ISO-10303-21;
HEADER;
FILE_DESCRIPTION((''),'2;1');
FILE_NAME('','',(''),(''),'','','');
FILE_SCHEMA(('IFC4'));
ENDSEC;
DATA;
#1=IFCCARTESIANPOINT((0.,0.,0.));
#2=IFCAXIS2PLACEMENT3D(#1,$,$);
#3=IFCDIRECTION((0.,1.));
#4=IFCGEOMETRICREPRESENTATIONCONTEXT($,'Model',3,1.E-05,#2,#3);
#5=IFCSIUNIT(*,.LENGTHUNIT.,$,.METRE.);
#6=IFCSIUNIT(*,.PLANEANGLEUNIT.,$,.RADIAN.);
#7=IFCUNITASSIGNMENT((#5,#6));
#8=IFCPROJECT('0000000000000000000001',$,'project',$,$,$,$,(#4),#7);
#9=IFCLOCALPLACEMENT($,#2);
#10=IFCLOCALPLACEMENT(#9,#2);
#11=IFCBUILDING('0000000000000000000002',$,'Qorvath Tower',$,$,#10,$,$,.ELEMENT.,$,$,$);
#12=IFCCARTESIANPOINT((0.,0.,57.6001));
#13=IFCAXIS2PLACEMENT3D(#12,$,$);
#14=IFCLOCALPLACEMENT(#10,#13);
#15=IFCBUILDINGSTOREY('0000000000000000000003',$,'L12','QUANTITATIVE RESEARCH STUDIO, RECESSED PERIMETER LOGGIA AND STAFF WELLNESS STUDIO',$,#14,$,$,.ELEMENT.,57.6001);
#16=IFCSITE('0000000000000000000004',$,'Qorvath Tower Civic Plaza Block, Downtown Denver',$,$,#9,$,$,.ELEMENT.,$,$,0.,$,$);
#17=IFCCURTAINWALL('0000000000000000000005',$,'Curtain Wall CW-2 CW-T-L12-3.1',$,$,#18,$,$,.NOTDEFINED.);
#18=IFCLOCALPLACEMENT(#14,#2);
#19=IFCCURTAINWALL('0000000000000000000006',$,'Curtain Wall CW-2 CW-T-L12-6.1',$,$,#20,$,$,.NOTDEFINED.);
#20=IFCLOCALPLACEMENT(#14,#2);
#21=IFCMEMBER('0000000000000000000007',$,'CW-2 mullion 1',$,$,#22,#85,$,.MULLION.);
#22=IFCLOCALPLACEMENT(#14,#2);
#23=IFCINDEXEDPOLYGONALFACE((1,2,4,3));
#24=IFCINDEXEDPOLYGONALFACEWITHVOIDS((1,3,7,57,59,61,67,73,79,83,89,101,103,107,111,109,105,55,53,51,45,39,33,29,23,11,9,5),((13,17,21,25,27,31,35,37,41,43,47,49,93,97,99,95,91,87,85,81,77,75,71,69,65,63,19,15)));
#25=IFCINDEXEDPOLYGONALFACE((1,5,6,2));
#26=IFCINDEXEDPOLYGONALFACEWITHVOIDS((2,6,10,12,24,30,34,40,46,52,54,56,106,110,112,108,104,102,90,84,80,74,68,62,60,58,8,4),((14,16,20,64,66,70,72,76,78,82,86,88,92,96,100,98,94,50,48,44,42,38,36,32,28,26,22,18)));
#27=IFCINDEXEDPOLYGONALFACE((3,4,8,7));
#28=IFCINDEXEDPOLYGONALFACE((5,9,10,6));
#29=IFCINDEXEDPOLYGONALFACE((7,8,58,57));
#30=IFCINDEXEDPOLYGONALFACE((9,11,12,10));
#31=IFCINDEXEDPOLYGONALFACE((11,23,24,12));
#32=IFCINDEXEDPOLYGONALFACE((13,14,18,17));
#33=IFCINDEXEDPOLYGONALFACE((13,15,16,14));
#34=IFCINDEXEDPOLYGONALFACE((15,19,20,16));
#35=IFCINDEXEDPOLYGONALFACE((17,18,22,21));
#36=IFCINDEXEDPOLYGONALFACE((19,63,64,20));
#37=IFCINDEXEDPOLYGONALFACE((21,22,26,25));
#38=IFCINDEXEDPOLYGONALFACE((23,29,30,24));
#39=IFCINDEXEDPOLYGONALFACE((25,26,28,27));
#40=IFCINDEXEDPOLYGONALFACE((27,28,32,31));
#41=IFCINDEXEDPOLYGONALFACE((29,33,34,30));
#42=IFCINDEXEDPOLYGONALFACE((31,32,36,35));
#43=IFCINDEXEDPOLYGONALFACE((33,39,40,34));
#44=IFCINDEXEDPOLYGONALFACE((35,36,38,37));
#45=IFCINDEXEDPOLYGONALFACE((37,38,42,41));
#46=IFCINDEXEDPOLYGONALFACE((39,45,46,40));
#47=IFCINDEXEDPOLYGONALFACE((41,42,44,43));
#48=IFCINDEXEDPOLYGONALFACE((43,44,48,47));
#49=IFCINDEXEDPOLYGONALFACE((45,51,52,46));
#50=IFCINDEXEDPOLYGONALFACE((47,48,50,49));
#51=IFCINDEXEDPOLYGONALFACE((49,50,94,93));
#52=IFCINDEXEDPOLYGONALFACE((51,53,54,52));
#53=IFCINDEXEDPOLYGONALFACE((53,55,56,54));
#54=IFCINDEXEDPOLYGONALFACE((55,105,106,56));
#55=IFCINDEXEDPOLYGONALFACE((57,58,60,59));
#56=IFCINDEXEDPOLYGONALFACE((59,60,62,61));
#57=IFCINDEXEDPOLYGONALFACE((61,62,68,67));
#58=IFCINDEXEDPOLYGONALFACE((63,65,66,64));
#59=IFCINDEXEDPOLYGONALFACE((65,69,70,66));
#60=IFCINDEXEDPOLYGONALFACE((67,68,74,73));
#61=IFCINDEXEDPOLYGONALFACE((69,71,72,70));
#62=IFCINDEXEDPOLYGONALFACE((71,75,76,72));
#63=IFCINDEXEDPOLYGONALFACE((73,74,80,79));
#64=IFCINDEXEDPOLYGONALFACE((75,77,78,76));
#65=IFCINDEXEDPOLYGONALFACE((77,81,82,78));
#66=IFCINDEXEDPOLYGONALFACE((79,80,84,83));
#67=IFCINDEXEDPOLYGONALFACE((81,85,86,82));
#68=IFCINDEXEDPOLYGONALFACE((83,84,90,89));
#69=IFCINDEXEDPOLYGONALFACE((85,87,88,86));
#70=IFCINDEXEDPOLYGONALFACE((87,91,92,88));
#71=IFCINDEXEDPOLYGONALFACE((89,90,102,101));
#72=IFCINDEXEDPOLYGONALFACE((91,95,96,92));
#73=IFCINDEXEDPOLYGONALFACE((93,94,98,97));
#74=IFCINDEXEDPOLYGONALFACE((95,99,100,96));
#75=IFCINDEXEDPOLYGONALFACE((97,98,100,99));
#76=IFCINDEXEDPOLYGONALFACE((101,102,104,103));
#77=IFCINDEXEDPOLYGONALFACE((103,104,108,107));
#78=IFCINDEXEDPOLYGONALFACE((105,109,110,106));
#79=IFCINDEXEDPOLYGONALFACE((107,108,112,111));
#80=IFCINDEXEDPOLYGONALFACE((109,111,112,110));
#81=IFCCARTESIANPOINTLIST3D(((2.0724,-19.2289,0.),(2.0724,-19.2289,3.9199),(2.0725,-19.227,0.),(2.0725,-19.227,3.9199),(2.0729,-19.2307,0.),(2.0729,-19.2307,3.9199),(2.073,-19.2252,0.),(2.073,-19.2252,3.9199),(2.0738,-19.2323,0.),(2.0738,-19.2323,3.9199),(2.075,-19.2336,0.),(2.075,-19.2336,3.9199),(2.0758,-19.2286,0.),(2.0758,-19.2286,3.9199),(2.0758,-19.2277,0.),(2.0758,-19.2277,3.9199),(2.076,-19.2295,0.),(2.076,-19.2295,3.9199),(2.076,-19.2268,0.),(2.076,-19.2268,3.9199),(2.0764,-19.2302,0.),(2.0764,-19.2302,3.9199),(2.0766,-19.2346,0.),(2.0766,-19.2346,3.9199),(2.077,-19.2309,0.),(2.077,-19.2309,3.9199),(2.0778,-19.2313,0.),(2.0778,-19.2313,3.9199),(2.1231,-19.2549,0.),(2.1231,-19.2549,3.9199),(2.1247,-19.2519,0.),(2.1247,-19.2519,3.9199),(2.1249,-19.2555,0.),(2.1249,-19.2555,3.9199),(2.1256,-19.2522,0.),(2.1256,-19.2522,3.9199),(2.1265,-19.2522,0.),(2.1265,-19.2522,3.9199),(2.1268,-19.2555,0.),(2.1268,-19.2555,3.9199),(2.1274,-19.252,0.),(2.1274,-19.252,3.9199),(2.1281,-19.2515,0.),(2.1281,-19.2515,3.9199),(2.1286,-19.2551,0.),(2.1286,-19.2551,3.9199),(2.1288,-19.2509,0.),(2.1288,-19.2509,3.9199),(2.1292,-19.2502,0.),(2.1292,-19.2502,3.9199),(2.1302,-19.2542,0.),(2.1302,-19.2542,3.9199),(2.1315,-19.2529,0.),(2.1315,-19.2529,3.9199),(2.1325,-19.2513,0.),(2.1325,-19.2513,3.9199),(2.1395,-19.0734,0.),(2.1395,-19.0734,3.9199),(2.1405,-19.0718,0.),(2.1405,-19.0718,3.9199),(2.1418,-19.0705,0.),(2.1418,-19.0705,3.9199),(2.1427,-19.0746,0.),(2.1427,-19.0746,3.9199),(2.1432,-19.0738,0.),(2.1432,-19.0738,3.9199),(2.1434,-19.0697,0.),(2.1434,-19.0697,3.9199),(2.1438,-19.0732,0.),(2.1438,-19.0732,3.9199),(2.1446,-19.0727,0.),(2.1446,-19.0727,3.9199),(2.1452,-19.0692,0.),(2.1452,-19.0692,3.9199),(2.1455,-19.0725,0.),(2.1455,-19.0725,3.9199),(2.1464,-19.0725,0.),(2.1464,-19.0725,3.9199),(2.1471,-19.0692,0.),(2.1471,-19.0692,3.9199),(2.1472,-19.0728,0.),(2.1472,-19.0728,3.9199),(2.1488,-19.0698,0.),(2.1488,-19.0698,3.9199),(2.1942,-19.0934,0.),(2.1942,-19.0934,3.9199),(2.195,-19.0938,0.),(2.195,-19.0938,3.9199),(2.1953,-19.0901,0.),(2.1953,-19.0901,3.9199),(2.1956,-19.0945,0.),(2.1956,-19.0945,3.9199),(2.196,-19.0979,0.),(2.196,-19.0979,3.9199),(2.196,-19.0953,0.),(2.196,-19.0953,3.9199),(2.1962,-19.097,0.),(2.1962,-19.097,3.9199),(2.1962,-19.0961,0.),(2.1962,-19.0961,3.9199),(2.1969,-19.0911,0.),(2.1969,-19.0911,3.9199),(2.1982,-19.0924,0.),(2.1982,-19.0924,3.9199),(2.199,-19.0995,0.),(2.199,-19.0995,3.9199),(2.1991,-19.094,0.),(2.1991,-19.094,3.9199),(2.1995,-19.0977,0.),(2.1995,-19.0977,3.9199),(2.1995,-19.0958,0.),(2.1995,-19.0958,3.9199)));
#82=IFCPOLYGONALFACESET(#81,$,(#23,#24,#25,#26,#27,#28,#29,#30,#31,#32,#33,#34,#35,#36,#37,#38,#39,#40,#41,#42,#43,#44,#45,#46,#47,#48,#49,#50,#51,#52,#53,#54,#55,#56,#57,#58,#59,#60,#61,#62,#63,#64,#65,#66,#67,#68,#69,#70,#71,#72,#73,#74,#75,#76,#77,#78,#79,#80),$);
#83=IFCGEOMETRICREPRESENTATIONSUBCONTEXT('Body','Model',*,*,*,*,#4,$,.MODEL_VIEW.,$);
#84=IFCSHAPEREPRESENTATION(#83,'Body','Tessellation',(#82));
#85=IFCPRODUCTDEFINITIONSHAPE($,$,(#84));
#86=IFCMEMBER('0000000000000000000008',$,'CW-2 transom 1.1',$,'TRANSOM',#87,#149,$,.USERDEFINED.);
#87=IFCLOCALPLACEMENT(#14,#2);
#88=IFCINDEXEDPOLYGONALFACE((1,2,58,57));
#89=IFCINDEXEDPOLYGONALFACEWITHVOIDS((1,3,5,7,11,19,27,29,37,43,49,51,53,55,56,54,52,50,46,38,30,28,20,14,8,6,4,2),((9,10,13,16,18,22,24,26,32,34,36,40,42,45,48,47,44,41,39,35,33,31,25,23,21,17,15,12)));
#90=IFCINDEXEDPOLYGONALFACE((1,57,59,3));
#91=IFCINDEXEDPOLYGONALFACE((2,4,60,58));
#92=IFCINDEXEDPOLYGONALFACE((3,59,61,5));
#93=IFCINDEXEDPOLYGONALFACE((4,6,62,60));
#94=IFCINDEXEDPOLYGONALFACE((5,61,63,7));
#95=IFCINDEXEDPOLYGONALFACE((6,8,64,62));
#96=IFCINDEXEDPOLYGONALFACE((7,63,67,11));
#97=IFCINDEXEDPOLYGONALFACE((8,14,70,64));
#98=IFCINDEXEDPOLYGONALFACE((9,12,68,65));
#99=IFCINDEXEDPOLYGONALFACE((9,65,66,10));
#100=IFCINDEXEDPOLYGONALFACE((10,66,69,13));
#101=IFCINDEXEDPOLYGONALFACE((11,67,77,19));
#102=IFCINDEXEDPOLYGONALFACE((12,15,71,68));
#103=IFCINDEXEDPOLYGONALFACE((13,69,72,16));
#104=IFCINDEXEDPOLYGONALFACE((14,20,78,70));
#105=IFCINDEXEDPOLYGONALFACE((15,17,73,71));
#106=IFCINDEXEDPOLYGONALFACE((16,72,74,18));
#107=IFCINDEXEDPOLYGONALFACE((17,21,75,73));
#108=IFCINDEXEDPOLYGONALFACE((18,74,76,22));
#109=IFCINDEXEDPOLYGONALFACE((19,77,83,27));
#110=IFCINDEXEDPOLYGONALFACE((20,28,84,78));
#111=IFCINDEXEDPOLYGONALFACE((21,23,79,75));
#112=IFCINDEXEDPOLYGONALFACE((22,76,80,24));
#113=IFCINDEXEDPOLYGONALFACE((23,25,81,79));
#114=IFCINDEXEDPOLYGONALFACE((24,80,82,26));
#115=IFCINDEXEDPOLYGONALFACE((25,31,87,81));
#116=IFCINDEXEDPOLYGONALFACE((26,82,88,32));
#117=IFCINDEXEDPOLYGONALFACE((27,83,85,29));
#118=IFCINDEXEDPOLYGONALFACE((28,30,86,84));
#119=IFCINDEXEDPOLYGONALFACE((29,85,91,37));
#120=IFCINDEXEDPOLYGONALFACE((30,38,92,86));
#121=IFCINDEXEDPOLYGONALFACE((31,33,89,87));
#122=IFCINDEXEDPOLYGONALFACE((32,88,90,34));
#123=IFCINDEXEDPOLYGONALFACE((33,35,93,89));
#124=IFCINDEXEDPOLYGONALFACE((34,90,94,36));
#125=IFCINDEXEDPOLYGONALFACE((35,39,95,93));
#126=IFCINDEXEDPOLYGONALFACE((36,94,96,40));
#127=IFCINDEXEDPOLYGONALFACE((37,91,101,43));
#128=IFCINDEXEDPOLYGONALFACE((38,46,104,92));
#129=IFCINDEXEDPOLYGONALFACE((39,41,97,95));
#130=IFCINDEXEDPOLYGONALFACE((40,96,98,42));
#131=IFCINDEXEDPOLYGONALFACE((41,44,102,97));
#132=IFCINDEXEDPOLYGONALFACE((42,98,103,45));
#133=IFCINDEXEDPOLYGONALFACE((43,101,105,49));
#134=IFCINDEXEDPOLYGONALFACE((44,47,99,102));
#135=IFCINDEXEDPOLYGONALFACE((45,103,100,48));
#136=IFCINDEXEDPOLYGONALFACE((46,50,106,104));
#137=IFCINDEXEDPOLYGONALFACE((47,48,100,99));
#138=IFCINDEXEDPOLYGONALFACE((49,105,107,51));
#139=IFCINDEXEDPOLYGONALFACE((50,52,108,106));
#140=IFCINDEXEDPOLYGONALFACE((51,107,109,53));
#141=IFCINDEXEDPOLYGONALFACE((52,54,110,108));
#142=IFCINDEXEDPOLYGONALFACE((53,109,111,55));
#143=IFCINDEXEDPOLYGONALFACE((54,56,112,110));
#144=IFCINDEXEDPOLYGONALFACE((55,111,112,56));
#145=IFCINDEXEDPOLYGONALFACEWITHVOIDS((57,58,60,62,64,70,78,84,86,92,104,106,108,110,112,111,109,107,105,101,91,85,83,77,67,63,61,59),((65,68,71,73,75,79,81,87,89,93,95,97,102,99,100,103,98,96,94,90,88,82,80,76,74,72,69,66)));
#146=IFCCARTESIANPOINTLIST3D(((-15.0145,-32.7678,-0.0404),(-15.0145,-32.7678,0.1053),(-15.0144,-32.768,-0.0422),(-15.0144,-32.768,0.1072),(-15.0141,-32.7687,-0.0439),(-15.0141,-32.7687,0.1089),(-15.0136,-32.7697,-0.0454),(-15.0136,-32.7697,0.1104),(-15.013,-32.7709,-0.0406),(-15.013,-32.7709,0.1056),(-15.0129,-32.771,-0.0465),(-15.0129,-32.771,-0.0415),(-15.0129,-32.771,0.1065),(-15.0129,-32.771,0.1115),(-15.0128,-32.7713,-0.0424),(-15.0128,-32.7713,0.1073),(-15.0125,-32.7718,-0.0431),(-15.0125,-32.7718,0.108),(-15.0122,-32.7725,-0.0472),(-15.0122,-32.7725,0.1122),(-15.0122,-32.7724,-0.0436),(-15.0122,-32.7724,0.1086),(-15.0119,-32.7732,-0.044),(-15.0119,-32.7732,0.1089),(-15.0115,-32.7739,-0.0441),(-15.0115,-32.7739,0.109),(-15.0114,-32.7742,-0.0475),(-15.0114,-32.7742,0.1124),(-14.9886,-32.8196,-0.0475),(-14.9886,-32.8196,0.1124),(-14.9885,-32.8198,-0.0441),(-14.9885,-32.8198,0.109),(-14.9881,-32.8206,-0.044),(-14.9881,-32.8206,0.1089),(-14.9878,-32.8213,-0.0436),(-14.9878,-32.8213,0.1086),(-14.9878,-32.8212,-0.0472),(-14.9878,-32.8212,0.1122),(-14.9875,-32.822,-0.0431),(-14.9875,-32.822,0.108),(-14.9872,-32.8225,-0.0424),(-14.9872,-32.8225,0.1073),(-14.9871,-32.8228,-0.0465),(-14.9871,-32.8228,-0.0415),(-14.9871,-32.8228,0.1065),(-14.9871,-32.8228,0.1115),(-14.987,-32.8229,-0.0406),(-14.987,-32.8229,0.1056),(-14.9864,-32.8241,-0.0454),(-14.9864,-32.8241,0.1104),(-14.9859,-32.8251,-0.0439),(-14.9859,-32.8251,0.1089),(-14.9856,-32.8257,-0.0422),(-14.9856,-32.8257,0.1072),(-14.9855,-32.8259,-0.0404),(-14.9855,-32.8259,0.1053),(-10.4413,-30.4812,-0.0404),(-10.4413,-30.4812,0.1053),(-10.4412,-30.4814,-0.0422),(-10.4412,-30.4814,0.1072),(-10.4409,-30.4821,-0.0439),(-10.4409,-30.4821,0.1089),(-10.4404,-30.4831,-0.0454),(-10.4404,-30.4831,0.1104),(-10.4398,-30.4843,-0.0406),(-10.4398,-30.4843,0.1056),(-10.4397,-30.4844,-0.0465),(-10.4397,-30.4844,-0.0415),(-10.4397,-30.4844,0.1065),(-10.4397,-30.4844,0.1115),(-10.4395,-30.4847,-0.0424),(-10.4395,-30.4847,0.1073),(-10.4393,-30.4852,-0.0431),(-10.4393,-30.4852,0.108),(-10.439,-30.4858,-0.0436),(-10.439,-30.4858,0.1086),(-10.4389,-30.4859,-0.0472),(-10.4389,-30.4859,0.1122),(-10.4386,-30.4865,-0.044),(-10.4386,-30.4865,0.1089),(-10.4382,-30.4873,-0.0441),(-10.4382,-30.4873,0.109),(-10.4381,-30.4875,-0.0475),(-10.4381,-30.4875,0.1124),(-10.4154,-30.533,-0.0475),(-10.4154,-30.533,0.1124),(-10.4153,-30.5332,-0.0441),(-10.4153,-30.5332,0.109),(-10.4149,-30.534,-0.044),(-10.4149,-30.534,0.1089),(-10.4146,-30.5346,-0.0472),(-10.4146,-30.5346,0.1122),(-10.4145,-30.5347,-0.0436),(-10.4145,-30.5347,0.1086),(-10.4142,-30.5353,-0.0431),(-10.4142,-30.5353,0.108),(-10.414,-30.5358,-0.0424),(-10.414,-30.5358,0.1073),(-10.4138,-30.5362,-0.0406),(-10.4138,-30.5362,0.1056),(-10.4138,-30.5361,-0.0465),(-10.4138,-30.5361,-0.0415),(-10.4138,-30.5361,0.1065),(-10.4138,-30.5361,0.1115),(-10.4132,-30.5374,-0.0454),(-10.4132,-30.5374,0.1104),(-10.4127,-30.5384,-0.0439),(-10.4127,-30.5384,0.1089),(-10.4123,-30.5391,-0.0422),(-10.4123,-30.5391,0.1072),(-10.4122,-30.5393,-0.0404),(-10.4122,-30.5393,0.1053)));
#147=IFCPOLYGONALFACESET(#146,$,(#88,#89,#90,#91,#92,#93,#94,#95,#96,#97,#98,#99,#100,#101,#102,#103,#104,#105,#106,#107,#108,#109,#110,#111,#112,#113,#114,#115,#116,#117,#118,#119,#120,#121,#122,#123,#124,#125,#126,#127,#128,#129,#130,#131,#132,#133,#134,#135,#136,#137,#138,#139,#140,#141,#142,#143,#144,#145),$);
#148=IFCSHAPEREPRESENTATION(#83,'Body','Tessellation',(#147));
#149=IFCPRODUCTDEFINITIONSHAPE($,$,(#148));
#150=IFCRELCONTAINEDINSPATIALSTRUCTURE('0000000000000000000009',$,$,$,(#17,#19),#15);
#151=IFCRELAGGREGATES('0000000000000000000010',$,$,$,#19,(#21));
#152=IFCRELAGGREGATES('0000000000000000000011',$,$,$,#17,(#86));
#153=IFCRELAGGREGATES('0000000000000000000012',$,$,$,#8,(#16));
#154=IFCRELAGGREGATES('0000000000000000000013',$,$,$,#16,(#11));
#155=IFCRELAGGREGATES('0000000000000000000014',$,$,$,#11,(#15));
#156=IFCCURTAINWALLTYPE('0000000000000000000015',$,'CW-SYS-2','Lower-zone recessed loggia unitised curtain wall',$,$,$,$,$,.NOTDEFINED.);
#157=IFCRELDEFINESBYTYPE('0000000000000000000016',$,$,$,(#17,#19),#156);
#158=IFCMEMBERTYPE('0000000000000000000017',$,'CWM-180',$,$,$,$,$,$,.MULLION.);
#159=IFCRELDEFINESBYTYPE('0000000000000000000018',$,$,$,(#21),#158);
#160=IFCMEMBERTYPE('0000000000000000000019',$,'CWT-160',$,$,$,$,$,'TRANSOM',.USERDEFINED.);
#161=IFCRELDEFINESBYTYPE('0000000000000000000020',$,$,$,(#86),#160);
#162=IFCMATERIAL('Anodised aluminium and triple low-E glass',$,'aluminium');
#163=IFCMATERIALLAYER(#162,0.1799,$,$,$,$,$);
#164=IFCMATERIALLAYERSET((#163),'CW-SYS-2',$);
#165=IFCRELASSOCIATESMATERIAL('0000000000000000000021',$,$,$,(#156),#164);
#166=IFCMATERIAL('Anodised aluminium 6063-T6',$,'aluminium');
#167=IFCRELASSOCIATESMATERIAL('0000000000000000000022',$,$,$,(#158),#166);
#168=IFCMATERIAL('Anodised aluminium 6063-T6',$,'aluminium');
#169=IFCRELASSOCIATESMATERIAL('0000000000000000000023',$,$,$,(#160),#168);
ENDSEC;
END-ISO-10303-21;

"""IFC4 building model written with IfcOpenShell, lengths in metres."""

from ifc_helpers import new_model, si_unit, direction, frame, origin, origin_2d, place, context, subcontext, project, spatial, hollow_rectangle, extrude, material, layer, layer_set, material_profile, profile_set, type_object, element, aggregate, save


model = new_model("IFC4")

# Units and contexts
model_context = context("Model", 3, precision=1e-05, world=origin(), true_north=direction((0.0, 1.0)))
body_context = subcontext(model_context, "Body", "Model", "MODEL_VIEW")
ifc_project = project(units=[si_unit("LENGTHUNIT", "METRE"), si_unit("PLANEANGLEUNIT", "RADIAN")], contexts=[model_context])

# Site, building, storey
site_placement = place(None, origin())
site = spatial("IfcSite", under=ifc_project, at=site_placement, Name="Qorvath Tower Civic Plaza Block, Downtown Denver", CompositionType="ELEMENT", RefElevation=0.0)
building_placement = place(site_placement, origin())
building = spatial("IfcBuilding", under=site, at=building_placement, Name="Qorvath Tower", CompositionType="ELEMENT")
storey_placement = place(building_placement, frame((0.0, 0.0, 57.6001)))
storey = spatial("IfcBuildingStorey", under=building, at=storey_placement, Name="L12", Description="QUANTITATIVE RESEARCH STUDIO, RECESSED PERIMETER LOGGIA AND STAFF WELLNESS STUDIO", CompositionType="ELEMENT", Elevation=57.6001)

# Shared definitions
ifc_material_1 = material(Name="Anodised aluminium and triple low-E glass", Category="aluminium")
ifc_layer_1 = layer(ifc_material_1, 0.1799)
ifc_layer_set_1 = layer_set([ifc_layer_1], Name="CW-SYS-2")
curtain_wall_type = type_object("IfcCurtainWallType", Name="CW-SYS-2", Description="Lower-zone recessed loggia unitised curtain wall", PredefinedType="NOTDEFINED", material=ifc_layer_set_1)
ifc_material_2 = material(Name="Anodised aluminium 6063-T6", Category="aluminium")
ifc_material_profile_1 = material_profile(ifc_material_2, hollow_rectangle(XDim=0.0649, YDim=0.1799, WallThickness=0.0034, InnerFilletRadius=0.0034, OuterFilletRadius=0.0071, at=origin_2d()), Name="CWM 180x65")
ifc_profile_set_1 = profile_set([ifc_material_profile_1], Name="Anodised aluminium 6063-T6")
member_type_1 = type_object("IfcMemberType", Name="CWM-180", PredefinedType="MULLION", material=ifc_profile_set_1)

# Curtain wall
curtain_wall_1_placement = place(storey_placement, origin())
curtain_wall_1 = element("IfcCurtainWall", 1, at=curtain_wall_1_placement, inside=storey, type_object=curtain_wall_type, Name="Curtain Wall CW-2 CW-T-L12-3.1", PredefinedType="NOTDEFINED")

# Curtain wall, member
curtain_wall_2_placement = place(storey_placement, origin())
curtain_wall_2 = element("IfcCurtainWall", 2, at=curtain_wall_2_placement, inside=storey, type_object=curtain_wall_type, Name="Curtain Wall CW-2 CW-T-L12-6.1", PredefinedType="NOTDEFINED")
member_1_placement = place(storey_placement, frame((2.136, -19.1624, 0.0), z_axis=(0.0, 0.0, 1.0), x_axis=(-0.915963, 0.401263, 0.0)))
member_1 = element("IfcMember", 3, at=member_1_placement, type_object=member_type_1, Name="CW-2 mullion 1", PredefinedType="MULLION", context=body_context, shape_type="SweptSolid", body=[
    extrude(hollow_rectangle(XDim=0.0649, YDim=0.1799, WallThickness=0.0034, InnerFilletRadius=0.0034, OuterFilletRadius=0.0071, at=origin_2d()), origin(), (0.0, 0.0, 1.0), 3.9199),
])

# Member
ifc_material_3 = material(Name="Anodised aluminium 6063-T6", Category="aluminium")
ifc_material_profile_2 = material_profile(ifc_material_3, hollow_rectangle(XDim=0.0649, YDim=0.1599, WallThickness=0.0034, InnerFilletRadius=0.0034, OuterFilletRadius=0.0071, at=origin_2d()), Name="CWT 160x65")
ifc_profile_set_2 = profile_set([ifc_material_profile_2], Name="Anodised aluminium 6063-T6")
member_type_2 = type_object("IfcMemberType", Name="CWT-160", ElementType="TRANSOM", PredefinedType="USERDEFINED", material=ifc_profile_set_2)
member_2_placement = place(storey_placement, frame((-15.0, -32.7969, 0.0325), z_axis=(0.894427, 0.447214, 0.0), x_axis=(-0.447214, 0.894427, 0.0)))
member_2 = element("IfcMember", 4, at=member_2_placement, type_object=member_type_2, Name="CW-2 transom 1.1", ObjectType="TRANSOM", PredefinedType="USERDEFINED", context=body_context, shape_type="SweptSolid", body=[
    extrude(hollow_rectangle(XDim=0.0649, YDim=0.1599, WallThickness=0.0034, InnerFilletRadius=0.0034, OuterFilletRadius=0.0071, at=origin_2d()), origin(), (0.0, 0.0, 1.0), 5.113),
])
aggregate(curtain_wall_2, [member_1])

aggregate(curtain_wall_1, [member_2])

save(model, "model.ifc")
